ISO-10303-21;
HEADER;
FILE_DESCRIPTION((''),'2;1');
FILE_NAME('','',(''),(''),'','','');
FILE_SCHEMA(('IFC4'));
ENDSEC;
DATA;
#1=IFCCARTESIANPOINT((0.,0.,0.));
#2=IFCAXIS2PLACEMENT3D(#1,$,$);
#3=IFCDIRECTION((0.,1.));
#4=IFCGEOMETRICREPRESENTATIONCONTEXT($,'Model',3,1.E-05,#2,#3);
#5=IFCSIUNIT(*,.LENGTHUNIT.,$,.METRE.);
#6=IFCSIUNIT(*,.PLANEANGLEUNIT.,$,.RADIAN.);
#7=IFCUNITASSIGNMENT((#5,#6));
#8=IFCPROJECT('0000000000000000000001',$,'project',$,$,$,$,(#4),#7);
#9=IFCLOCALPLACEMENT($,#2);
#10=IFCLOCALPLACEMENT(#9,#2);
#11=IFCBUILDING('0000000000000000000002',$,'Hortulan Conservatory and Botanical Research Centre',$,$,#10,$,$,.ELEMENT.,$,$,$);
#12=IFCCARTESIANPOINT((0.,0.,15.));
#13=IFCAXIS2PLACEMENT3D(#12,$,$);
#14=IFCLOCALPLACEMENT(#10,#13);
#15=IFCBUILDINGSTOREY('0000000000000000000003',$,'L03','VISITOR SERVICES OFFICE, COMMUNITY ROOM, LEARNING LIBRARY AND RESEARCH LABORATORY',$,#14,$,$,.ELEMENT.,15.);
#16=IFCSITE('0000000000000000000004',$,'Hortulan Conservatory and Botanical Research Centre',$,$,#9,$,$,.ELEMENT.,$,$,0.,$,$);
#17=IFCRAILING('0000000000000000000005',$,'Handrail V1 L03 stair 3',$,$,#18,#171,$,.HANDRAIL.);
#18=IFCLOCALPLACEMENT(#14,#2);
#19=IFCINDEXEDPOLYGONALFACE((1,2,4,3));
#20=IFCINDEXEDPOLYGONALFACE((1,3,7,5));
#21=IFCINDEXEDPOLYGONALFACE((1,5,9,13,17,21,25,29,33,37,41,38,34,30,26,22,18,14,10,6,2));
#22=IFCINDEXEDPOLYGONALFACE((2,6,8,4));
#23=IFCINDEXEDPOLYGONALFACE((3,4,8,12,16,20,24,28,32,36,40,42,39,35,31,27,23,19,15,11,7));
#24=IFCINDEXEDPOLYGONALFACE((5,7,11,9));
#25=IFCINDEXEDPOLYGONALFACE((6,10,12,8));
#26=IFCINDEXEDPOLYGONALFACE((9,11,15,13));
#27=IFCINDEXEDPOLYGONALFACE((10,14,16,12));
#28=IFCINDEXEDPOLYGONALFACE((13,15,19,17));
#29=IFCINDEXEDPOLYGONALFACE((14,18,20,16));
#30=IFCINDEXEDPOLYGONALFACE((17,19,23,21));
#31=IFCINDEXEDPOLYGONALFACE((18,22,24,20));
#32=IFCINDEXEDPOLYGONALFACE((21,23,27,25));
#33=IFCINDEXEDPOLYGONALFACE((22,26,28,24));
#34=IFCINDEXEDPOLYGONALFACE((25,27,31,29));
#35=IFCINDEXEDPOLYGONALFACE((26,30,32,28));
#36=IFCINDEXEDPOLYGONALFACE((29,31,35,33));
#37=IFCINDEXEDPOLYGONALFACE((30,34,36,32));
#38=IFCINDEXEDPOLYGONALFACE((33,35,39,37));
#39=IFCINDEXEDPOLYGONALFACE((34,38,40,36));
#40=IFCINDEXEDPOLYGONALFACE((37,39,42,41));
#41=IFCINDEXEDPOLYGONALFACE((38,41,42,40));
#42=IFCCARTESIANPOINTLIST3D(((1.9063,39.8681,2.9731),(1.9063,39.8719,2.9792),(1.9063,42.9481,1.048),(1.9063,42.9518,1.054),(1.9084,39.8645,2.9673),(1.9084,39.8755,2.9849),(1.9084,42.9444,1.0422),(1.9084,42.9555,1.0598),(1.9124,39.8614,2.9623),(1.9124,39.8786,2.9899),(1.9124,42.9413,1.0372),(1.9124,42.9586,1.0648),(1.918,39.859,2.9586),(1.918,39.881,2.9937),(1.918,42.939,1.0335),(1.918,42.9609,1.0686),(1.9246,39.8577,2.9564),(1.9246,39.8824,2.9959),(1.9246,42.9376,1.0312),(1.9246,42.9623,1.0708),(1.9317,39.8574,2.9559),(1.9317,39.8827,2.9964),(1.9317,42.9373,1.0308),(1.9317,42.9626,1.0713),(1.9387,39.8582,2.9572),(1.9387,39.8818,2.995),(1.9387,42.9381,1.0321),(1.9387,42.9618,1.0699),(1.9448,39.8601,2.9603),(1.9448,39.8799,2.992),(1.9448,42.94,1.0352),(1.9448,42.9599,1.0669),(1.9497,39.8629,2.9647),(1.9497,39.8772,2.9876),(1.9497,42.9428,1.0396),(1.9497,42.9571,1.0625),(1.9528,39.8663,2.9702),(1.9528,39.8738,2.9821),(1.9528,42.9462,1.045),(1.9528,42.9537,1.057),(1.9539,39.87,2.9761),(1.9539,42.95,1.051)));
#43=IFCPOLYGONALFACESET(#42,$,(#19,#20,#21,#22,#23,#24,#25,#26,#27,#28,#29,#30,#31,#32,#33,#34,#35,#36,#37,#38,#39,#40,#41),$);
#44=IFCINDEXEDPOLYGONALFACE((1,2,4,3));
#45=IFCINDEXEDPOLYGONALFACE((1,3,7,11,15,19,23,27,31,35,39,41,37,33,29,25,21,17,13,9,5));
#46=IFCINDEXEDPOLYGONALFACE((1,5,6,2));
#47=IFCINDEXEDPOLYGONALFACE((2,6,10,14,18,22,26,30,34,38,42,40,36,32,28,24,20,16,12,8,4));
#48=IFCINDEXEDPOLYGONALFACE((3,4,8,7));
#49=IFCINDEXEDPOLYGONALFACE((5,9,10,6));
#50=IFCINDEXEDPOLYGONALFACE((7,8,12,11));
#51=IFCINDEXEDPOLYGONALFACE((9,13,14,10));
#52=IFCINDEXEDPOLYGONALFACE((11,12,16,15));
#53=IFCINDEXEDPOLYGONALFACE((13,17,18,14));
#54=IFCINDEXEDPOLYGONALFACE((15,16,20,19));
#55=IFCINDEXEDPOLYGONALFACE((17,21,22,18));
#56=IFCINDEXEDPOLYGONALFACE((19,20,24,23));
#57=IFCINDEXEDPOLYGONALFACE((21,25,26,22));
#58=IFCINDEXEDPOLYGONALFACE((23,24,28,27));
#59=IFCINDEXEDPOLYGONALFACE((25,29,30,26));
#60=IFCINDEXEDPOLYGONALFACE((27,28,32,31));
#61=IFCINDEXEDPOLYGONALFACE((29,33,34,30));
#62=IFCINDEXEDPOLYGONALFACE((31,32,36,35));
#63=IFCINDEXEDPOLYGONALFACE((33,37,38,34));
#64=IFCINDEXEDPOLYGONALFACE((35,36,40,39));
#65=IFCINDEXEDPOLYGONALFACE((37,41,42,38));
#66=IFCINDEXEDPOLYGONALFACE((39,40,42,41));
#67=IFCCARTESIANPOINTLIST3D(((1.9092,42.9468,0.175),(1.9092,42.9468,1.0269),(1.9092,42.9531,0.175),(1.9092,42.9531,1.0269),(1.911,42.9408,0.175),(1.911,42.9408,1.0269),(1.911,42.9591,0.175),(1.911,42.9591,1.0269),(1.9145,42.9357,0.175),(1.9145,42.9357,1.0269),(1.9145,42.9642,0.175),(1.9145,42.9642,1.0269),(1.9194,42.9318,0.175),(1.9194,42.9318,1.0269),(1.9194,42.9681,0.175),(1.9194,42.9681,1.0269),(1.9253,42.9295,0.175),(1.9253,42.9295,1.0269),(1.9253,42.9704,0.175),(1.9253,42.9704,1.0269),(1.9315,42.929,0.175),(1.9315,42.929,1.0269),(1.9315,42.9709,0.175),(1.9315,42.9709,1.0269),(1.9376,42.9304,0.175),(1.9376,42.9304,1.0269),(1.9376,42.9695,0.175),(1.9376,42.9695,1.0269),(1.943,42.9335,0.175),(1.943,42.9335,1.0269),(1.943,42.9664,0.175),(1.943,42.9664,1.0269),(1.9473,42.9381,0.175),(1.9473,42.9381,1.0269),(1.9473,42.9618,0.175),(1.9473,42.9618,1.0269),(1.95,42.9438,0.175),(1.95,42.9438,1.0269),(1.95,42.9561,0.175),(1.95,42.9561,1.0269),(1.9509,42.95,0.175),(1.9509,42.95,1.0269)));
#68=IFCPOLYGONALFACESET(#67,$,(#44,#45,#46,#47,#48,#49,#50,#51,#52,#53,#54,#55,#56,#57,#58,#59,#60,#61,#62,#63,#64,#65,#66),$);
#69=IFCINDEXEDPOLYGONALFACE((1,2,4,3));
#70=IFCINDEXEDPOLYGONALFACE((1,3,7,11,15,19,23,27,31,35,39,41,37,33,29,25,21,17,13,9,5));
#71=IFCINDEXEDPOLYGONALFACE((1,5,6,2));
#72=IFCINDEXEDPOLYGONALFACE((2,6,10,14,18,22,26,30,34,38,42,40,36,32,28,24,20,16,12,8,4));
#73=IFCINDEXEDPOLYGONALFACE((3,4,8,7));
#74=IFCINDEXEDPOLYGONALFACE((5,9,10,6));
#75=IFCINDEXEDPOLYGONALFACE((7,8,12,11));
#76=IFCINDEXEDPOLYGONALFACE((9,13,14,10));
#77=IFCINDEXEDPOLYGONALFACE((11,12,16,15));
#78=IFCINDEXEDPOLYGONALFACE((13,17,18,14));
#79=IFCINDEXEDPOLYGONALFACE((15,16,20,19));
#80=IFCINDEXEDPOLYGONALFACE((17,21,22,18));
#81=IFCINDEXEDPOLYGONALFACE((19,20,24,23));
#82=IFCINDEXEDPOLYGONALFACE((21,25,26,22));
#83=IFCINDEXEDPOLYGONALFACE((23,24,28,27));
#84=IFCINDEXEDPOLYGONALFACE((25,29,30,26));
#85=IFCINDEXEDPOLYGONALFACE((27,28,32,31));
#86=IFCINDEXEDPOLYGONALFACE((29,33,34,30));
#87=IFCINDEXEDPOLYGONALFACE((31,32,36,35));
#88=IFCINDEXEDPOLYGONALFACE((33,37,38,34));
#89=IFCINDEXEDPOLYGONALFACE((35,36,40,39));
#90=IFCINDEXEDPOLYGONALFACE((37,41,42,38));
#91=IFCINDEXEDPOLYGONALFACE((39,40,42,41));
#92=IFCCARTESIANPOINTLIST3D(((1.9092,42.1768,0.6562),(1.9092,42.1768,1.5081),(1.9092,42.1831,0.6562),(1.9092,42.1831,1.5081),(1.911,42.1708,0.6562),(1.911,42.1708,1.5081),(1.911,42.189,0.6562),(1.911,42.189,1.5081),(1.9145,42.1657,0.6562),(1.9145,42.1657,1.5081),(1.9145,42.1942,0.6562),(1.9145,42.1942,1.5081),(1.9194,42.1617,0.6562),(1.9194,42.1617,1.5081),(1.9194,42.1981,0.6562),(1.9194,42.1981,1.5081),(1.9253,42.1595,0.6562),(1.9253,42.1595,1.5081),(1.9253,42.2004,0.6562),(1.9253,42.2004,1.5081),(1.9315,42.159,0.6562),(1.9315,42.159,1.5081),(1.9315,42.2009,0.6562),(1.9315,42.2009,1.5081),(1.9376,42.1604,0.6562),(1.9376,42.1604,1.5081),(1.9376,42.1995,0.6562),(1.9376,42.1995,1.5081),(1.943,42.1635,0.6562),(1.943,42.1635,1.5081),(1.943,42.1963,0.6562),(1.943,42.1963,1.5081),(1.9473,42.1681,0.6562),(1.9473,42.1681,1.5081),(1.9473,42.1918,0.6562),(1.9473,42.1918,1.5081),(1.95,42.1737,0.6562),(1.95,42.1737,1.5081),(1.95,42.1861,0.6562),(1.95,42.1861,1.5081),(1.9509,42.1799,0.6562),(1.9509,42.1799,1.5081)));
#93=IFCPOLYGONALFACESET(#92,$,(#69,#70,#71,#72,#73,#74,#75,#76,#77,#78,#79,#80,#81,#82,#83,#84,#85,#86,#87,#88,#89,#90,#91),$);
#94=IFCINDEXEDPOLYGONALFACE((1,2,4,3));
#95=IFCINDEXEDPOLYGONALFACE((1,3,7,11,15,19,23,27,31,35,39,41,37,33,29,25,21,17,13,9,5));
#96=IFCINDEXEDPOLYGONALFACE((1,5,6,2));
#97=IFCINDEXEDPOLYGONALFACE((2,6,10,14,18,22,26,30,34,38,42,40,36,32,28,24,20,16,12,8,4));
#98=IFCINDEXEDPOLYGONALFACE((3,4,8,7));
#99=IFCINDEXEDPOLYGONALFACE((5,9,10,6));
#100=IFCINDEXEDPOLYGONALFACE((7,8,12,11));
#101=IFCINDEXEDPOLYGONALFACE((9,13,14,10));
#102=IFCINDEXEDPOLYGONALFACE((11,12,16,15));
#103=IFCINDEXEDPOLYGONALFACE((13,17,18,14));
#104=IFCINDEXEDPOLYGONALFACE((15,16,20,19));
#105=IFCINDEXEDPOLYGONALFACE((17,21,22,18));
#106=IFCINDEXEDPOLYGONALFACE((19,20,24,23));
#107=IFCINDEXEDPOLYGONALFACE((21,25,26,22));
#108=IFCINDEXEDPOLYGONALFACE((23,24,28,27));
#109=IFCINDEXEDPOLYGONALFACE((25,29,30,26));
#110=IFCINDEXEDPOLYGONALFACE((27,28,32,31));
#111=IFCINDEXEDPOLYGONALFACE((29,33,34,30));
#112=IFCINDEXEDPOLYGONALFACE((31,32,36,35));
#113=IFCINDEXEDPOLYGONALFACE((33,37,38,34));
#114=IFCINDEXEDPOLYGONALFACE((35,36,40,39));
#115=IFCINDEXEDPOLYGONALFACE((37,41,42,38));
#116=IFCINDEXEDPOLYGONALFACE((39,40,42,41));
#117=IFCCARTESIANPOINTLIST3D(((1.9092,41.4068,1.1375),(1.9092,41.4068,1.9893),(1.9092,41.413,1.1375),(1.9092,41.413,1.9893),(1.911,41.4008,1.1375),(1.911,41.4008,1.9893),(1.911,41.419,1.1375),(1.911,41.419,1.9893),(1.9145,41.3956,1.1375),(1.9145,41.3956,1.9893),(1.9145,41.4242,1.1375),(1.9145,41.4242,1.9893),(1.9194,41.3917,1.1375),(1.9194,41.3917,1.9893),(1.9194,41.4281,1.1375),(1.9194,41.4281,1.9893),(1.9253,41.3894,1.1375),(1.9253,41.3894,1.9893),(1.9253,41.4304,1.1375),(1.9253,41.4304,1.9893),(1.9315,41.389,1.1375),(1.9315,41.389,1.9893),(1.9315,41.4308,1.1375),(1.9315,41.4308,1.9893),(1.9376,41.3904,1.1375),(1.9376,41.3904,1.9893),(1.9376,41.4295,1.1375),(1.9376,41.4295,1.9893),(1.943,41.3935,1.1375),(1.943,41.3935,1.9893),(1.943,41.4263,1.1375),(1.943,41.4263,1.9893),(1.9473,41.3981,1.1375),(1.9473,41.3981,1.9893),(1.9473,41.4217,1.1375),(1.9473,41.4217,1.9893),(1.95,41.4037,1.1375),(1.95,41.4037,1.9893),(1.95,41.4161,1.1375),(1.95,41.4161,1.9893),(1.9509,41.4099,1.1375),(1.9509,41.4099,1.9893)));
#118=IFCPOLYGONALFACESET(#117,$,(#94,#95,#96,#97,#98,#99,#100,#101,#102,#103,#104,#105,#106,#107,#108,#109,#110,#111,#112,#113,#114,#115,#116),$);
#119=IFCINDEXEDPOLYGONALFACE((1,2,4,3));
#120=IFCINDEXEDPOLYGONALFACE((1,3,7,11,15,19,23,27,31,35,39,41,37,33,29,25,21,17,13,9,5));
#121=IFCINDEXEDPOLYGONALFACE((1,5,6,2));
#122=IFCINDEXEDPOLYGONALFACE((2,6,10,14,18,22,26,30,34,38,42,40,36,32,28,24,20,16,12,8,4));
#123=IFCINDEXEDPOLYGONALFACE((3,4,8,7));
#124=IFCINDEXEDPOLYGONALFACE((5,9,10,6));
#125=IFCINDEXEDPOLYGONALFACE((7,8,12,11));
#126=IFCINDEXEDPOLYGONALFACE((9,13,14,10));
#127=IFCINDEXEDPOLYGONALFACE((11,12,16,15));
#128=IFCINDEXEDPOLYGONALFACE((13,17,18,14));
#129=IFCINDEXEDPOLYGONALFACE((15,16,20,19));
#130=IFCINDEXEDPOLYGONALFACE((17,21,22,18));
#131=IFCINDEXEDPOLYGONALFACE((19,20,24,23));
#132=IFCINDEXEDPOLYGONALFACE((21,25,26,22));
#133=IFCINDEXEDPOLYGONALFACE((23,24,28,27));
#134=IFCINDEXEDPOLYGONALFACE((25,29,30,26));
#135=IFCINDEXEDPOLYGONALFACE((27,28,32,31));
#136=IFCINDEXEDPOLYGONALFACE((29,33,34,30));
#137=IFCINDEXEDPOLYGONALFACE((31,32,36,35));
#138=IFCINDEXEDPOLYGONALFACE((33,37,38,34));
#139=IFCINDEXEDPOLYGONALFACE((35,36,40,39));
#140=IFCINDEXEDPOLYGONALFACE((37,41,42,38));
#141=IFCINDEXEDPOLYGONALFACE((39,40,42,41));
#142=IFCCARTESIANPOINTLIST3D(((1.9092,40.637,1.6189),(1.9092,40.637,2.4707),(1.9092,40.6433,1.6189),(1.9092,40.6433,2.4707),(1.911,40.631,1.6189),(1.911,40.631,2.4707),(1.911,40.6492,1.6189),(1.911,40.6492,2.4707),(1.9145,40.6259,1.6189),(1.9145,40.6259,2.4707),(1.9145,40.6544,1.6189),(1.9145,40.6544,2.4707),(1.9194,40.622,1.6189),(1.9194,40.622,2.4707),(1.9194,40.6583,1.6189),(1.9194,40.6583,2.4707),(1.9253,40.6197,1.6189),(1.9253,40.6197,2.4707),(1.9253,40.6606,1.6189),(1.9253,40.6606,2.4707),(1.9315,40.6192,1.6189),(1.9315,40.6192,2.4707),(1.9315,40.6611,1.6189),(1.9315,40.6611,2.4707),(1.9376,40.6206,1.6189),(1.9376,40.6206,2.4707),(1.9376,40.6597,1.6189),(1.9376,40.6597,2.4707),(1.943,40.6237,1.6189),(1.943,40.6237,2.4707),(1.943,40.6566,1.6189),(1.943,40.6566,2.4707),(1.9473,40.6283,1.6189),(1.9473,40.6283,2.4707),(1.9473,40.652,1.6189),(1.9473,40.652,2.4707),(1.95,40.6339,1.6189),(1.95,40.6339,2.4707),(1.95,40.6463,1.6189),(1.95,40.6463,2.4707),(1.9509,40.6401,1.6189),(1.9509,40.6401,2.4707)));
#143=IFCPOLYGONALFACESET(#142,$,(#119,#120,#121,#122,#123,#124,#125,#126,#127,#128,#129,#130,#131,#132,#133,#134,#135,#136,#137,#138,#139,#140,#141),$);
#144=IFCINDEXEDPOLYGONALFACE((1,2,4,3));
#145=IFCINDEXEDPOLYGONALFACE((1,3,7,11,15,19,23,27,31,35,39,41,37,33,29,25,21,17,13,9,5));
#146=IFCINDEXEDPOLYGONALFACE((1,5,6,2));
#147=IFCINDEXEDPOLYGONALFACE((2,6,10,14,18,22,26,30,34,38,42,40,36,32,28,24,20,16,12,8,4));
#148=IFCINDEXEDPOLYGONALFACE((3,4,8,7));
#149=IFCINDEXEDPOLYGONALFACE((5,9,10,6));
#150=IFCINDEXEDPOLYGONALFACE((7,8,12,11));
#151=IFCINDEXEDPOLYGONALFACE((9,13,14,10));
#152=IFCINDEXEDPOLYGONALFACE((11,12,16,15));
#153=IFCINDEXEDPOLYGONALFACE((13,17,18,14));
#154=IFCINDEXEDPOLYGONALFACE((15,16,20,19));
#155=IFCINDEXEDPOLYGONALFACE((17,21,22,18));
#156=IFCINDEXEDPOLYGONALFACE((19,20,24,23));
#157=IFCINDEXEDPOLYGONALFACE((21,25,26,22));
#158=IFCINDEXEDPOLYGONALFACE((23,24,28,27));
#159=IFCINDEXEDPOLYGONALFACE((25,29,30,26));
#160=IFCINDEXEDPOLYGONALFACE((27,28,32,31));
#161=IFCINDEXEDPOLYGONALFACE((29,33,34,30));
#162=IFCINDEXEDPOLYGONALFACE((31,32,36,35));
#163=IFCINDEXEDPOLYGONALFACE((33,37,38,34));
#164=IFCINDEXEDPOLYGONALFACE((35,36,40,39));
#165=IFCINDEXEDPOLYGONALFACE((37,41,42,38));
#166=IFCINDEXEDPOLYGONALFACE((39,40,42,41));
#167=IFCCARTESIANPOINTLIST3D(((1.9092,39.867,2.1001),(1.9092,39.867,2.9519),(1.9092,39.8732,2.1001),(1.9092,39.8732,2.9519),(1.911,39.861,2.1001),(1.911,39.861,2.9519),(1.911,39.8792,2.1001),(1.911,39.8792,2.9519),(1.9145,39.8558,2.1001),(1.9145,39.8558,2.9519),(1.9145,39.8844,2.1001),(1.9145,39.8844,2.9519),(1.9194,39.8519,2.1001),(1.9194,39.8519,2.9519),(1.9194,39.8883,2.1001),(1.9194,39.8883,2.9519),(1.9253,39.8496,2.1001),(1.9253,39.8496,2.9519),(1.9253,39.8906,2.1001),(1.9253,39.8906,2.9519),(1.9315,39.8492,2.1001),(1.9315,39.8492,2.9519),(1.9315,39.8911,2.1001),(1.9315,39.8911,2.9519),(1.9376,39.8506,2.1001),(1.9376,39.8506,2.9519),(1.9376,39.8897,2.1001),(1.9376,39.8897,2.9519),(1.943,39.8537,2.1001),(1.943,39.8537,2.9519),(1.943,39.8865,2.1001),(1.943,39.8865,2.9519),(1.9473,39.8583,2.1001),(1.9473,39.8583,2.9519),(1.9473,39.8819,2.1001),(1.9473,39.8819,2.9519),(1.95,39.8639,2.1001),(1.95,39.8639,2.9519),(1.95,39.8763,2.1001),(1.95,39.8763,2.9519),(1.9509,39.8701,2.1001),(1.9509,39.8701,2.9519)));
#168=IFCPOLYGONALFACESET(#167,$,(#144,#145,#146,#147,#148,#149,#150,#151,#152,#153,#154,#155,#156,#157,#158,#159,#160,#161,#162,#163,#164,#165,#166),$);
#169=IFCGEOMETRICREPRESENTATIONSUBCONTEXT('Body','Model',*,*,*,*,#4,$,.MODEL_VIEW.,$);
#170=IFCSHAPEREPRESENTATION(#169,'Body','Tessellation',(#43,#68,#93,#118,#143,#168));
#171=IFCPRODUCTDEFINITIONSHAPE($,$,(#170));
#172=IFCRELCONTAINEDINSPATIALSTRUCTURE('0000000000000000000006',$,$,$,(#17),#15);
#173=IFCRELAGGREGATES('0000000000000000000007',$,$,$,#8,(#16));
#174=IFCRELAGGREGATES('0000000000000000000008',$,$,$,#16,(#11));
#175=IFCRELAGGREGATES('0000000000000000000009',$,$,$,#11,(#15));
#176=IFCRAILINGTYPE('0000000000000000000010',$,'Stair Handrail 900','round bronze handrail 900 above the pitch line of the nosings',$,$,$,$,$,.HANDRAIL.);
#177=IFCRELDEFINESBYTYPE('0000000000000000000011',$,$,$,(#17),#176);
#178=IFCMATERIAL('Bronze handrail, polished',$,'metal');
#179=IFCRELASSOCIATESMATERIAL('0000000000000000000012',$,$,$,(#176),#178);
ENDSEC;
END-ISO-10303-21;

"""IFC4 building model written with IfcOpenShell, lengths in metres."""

from ifc_helpers import new_model, si_unit, direction, frame, origin, origin_2d, place, context, subcontext, project, spatial, circle, extrude, material, type_object, element, save


model = new_model("IFC4")

# Units and contexts
model_context = context("Model", 3, precision=1e-05, world=origin(), true_north=direction((0.0, 1.0)))
body_context = subcontext(model_context, "Body", "Model", "MODEL_VIEW")
ifc_project = project(units=[si_unit("LENGTHUNIT", "METRE"), si_unit("PLANEANGLEUNIT", "RADIAN")], contexts=[model_context])

# Site, building, storey
site_placement = place(None, origin())
site = spatial("IfcSite", under=ifc_project, at=site_placement, Name="Hortulan Conservatory and Botanical Research Centre", CompositionType="ELEMENT", RefElevation=0.0)
building_placement = place(site_placement, origin())
building = spatial("IfcBuilding", under=site, at=building_placement, Name="Hortulan Conservatory and Botanical Research Centre", CompositionType="ELEMENT")
storey_placement = place(building_placement, frame((0.0, 0.0, 15.0)))
storey = spatial("IfcBuildingStorey", under=building, at=storey_placement, Name="L03", Description="VISITOR SERVICES OFFICE, COMMUNITY ROOM, LEARNING LIBRARY AND RESEARCH LABORATORY", CompositionType="ELEMENT", Elevation=15.0)

# Railing
ifc_material_1 = material(Name="Bronze handrail, polished", Category="metal")
railing_type_1 = type_object("IfcRailingType", Name="Stair Handrail 900", Description="round bronze handrail 900 above the pitch line of the nosings", PredefinedType="HANDRAIL", material=ifc_material_1)
for number, where, name in (
    (1, (1.9299, 42.95, 0.175), "Handrail V1 L03 stair 3"),
):
    element("IfcRailing", number, at=place(storey_placement, frame(where)), inside=storey, type_object=railing_type_1, Name=name, PredefinedType="HANDRAIL", context=body_context, shape_type="SweptSolid", body=[
        extrude(circle(Radius=0.0239, at=origin_2d()), frame((0.0, 0.0, 0.876), z_axis=(0.0, -0.847979, 0.530029), x_axis=(1.0, 0.0, 0.0)), (0.0, 0.0, 1.0), 3.6321),
        extrude(circle(Radius=0.021, at=origin_2d()), origin(), (0.0, 0.0, 1.0), 0.8518),
        extrude(circle(Radius=0.021, at=origin_2d()), frame((0.0, -0.77, 0.4812)), (0.0, 0.0, 1.0), 0.8518),
        extrude(circle(Radius=0.021, at=origin_2d()), frame((0.0, -1.54, 0.9624)), (0.0, 0.0, 1.0), 0.8518),
        extrude(circle(Radius=0.021, at=origin_2d()), frame((0.0, -2.3098, 1.4438)), (0.0, 0.0, 1.0), 0.8518),
        extrude(circle(Radius=0.021, at=origin_2d()), frame((0.0, -3.0798, 1.925)), (0.0, 0.0, 1.0), 0.8518),
    ])

save(model, "model.ifc")
